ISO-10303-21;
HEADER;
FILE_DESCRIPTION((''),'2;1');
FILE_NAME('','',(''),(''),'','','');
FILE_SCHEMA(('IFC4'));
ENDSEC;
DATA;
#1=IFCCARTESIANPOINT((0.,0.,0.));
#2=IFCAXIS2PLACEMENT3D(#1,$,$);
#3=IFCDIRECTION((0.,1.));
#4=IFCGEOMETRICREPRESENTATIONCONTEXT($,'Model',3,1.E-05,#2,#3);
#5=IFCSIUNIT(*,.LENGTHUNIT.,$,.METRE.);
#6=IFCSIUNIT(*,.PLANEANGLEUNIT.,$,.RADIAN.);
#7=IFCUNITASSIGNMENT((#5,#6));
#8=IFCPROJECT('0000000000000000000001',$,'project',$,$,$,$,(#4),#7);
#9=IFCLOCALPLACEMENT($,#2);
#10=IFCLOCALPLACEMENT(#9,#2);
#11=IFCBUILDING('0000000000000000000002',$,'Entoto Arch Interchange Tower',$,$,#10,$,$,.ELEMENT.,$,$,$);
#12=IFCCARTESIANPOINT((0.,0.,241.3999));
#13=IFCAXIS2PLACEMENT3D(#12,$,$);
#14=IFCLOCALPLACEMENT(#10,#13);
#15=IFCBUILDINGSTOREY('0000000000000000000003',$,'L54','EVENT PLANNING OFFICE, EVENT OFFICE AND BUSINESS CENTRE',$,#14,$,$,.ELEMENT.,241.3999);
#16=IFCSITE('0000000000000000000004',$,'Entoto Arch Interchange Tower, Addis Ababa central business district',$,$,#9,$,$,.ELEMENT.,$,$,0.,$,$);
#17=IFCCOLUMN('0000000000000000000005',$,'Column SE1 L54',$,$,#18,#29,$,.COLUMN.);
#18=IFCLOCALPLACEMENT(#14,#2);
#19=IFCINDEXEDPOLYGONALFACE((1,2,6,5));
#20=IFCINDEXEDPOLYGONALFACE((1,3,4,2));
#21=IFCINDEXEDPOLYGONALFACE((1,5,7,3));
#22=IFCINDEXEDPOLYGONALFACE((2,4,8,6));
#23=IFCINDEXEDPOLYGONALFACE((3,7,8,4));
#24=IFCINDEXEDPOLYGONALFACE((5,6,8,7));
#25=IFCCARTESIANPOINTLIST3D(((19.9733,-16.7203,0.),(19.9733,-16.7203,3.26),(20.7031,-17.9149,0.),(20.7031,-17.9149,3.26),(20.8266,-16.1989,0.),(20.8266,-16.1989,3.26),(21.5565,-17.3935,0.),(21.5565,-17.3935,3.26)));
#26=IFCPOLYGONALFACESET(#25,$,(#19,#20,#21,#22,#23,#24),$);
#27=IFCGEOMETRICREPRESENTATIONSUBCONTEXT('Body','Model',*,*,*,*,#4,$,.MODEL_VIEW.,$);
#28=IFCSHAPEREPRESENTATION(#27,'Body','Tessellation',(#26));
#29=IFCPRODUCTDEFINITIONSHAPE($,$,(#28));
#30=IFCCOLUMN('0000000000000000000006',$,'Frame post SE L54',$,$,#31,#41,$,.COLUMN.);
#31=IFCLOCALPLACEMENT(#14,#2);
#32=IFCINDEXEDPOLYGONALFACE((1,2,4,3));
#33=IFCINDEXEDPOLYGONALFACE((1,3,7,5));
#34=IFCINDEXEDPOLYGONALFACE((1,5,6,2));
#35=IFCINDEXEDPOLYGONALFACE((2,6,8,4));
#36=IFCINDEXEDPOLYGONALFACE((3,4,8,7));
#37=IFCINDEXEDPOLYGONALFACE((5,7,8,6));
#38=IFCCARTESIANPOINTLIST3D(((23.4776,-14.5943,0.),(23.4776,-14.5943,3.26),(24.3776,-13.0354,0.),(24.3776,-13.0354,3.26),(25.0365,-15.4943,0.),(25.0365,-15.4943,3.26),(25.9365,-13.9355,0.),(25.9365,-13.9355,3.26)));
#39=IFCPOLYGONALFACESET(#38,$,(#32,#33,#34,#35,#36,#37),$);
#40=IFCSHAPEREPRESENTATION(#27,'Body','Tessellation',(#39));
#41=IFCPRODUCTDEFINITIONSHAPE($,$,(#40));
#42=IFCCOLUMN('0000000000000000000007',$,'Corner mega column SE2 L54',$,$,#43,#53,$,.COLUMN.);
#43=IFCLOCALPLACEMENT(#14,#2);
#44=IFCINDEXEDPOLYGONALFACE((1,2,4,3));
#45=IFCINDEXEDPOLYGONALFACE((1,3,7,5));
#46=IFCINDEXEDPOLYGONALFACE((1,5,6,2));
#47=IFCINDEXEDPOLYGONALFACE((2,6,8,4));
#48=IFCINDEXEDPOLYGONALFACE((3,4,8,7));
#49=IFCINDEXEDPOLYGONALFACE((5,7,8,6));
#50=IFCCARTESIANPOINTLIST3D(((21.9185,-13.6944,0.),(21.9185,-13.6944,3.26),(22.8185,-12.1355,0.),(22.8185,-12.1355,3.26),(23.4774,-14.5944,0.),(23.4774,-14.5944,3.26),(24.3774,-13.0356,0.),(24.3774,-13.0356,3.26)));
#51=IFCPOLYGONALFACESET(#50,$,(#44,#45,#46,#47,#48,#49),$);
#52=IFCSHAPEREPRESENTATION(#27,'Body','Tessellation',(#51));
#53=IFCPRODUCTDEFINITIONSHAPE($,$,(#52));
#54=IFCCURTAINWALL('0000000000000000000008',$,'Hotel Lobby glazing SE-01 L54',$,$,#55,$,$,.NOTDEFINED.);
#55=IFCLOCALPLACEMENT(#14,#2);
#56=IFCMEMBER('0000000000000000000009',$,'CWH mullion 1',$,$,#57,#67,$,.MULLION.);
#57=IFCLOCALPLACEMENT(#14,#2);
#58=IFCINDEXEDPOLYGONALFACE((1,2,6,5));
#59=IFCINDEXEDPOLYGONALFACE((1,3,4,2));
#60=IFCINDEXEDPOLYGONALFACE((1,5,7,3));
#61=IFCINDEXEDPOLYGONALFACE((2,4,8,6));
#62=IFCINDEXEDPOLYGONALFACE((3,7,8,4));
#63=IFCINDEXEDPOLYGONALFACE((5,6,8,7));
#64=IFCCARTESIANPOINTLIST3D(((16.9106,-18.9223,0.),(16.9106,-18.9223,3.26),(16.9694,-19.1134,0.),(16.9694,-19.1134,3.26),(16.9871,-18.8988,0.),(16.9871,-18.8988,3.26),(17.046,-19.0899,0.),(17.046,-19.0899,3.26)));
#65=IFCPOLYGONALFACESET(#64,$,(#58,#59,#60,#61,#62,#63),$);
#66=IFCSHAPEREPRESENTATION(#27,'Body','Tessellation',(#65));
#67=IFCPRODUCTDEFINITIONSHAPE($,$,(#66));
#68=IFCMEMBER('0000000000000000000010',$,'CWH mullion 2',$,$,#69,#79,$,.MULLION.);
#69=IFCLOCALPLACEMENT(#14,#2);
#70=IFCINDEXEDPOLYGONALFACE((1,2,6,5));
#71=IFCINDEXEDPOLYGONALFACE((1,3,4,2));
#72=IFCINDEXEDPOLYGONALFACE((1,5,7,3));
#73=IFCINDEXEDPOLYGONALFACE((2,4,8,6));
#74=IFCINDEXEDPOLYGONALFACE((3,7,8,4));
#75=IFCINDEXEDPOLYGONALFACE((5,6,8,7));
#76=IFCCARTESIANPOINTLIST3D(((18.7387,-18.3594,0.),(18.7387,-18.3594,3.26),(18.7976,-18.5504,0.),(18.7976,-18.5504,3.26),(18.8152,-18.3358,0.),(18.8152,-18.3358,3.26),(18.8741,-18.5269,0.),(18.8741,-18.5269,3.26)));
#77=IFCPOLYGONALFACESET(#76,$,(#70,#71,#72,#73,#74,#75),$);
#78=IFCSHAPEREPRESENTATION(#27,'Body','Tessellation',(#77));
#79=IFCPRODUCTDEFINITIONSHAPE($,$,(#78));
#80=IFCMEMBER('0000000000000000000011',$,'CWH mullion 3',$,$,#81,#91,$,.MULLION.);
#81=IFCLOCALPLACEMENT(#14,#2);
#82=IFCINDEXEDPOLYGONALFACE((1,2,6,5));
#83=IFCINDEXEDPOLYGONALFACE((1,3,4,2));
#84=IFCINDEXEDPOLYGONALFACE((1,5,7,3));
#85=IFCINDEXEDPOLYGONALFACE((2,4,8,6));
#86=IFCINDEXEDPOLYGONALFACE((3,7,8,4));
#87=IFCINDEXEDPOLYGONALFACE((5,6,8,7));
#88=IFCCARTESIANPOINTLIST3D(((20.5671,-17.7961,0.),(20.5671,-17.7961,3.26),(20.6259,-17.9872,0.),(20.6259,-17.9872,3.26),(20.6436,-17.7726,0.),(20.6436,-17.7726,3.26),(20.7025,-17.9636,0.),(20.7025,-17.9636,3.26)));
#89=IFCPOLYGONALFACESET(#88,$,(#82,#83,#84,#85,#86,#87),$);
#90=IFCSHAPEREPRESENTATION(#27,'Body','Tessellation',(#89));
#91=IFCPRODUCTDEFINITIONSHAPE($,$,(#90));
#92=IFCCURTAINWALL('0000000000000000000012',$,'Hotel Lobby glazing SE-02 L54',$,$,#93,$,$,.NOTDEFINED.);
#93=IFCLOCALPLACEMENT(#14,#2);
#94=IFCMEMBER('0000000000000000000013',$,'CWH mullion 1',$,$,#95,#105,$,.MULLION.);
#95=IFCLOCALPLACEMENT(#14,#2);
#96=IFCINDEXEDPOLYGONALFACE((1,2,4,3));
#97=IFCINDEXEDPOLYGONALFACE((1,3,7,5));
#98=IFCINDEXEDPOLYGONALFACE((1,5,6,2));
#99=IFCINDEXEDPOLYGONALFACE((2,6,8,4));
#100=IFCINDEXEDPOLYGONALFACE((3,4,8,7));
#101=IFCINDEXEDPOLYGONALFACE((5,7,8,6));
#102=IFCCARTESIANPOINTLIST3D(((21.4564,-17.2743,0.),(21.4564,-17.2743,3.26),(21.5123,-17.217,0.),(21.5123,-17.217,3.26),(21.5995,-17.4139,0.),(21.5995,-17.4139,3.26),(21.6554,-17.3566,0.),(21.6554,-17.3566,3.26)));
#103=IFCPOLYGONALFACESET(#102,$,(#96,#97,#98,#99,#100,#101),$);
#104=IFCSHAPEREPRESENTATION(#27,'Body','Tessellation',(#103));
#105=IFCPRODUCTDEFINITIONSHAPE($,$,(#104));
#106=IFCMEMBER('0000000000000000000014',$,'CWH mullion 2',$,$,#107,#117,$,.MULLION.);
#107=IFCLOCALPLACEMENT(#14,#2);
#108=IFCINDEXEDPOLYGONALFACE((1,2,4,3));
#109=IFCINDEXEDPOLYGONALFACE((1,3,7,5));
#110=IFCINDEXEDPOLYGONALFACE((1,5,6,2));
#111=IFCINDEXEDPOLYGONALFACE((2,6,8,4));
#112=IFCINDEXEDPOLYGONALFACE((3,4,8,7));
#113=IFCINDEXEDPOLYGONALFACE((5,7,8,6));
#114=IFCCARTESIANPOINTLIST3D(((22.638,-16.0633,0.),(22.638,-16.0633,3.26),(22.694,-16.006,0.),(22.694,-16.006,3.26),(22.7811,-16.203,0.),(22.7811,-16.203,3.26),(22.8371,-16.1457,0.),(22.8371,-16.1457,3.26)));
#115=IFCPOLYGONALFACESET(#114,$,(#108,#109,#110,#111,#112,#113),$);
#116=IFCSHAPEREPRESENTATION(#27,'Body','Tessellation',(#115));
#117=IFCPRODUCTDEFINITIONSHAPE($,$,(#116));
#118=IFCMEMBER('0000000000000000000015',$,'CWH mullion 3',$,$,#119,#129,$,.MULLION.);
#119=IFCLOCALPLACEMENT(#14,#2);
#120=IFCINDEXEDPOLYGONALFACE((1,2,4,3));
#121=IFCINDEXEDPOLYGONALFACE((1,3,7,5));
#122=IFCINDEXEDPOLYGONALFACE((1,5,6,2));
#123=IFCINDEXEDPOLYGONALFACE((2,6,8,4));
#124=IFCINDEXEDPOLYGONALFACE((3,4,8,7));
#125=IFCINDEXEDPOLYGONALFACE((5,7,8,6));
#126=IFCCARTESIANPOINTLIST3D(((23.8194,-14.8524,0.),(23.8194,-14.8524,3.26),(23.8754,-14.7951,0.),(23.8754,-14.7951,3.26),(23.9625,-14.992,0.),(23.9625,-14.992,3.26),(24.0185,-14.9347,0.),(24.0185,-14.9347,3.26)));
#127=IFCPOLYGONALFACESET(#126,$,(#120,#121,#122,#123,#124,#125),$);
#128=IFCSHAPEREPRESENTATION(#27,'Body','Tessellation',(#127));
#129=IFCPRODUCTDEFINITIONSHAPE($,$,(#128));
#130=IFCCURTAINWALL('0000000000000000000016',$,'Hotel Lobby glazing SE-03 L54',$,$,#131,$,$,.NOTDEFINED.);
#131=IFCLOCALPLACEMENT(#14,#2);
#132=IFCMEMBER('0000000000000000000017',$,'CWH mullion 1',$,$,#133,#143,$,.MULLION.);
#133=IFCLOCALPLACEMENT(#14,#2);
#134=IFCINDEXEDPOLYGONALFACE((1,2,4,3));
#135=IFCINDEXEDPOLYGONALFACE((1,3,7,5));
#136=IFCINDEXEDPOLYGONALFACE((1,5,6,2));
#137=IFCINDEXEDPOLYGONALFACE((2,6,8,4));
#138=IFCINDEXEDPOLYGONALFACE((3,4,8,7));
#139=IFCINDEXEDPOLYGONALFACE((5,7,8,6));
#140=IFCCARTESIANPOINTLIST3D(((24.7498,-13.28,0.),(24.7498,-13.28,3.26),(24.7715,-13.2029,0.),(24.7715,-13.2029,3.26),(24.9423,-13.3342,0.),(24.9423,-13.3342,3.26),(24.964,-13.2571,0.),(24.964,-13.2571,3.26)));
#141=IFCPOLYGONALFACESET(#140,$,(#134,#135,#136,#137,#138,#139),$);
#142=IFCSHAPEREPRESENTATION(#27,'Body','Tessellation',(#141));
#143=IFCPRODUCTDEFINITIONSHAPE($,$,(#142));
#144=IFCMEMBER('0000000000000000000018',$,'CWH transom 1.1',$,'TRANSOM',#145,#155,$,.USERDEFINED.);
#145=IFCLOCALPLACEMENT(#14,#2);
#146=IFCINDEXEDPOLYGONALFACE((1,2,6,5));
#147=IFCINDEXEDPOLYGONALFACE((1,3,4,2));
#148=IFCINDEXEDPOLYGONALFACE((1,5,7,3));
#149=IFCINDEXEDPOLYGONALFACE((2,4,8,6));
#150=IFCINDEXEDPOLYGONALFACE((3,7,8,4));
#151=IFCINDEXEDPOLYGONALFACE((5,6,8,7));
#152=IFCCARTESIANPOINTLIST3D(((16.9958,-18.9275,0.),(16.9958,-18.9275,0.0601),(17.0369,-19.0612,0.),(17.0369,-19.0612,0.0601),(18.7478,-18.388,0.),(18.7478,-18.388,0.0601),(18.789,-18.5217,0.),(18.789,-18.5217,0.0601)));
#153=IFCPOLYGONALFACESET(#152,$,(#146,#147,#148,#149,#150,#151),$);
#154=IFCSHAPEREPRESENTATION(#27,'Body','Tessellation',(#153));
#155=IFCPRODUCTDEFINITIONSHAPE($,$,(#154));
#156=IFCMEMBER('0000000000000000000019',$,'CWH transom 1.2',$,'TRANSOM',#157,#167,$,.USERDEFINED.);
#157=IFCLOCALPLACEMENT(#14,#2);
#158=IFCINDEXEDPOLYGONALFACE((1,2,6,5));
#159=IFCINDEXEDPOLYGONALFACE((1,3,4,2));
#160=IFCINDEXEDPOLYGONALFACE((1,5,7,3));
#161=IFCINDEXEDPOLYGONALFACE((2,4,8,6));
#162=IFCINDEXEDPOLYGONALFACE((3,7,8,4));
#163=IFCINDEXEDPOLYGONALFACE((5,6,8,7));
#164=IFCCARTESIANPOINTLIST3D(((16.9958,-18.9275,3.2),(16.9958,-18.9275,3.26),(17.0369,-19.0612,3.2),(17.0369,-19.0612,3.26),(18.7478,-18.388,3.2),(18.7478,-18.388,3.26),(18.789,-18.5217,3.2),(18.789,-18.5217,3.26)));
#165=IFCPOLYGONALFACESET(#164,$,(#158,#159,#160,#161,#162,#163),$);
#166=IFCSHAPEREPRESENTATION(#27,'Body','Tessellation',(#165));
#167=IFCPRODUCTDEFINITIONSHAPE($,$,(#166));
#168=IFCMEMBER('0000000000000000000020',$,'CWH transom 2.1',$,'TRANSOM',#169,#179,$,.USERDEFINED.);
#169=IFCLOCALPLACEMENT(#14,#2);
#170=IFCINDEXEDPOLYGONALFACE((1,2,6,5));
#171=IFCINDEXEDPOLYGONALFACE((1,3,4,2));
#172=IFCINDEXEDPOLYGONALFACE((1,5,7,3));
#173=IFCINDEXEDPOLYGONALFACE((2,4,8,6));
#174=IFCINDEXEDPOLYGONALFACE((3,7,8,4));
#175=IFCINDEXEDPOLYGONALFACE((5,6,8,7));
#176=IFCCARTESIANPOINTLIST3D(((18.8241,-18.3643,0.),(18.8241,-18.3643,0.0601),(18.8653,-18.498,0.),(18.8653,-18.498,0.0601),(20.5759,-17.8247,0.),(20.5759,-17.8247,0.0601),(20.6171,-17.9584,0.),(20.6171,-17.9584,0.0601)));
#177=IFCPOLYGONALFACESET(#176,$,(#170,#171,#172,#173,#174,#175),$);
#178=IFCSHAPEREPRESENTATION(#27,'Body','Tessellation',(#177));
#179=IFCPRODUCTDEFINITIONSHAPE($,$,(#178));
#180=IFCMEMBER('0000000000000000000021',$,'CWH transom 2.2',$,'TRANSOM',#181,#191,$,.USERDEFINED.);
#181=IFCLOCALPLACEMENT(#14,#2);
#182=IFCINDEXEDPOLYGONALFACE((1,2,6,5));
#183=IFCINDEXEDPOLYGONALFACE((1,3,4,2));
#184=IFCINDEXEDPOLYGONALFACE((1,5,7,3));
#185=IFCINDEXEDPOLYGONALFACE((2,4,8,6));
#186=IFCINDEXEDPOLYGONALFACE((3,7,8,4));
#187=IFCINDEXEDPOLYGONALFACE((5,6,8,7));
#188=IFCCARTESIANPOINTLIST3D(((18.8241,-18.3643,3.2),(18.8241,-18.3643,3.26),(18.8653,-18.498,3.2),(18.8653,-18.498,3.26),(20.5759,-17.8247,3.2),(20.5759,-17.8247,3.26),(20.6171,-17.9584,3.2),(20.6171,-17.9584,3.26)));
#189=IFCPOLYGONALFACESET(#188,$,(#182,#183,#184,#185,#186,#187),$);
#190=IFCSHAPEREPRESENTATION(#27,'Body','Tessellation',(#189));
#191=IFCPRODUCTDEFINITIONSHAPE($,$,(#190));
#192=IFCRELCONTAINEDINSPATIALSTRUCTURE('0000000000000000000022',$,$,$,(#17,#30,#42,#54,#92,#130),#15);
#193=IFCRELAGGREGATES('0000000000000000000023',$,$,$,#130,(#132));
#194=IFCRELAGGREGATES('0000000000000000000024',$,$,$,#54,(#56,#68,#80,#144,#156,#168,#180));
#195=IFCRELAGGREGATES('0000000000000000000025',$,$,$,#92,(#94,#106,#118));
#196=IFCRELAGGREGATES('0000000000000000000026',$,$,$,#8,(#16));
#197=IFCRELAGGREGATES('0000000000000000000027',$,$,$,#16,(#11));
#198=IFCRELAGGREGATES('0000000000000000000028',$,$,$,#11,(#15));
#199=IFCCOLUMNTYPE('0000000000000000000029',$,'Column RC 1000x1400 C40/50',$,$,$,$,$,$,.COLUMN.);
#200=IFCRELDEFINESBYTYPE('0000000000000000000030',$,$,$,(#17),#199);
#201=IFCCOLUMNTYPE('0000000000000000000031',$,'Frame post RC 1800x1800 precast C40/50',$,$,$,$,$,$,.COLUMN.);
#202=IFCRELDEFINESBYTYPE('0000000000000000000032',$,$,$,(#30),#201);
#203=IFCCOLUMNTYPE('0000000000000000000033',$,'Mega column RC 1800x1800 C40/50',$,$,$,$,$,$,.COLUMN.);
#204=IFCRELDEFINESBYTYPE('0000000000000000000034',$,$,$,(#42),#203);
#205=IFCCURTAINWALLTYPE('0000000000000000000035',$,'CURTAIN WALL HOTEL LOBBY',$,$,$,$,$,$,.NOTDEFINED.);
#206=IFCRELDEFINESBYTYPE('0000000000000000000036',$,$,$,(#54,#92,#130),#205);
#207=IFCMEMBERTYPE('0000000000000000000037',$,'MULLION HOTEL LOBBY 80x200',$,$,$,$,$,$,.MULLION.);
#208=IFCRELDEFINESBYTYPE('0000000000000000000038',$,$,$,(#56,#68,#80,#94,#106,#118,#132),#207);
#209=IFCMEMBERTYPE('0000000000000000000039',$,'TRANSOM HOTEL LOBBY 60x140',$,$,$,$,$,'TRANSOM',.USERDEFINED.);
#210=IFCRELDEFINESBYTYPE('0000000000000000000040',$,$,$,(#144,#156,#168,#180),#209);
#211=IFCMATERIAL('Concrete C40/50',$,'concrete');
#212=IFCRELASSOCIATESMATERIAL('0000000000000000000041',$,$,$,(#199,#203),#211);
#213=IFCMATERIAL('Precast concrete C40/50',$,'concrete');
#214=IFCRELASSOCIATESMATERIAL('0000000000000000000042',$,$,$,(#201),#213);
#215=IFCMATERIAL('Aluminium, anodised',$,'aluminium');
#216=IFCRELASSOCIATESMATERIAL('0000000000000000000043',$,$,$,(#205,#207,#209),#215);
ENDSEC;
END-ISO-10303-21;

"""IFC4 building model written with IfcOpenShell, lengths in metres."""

from ifc_helpers import new_model, si_unit, direction, frame, origin, origin_2d, place, context, subcontext, project, spatial, rectangle, extrude, material, material_profile, profile_set, type_object, element, aggregate, save


model = new_model("IFC4")

# Units and contexts
model_context = context("Model", 3, precision=1e-05, world=origin(), true_north=direction((0.0, 1.0)))
body_context = subcontext(model_context, "Body", "Model", "MODEL_VIEW")
ifc_project = project(units=[si_unit("LENGTHUNIT", "METRE"), si_unit("PLANEANGLEUNIT", "RADIAN")], contexts=[model_context])

# Site, building, storey
site_placement = place(None, origin())
site = spatial("IfcSite", under=ifc_project, at=site_placement, Name="Entoto Arch Interchange Tower, Addis Ababa central business district", CompositionType="ELEMENT", RefElevation=0.0)
building_placement = place(site_placement, origin())
building = spatial("IfcBuilding", under=site, at=building_placement, Name="Entoto Arch Interchange Tower", CompositionType="ELEMENT")
storey_placement = place(building_placement, frame((0.0, 0.0, 241.3999)))
storey = spatial("IfcBuildingStorey", under=building, at=storey_placement, Name="L54", Description="EVENT PLANNING OFFICE, EVENT OFFICE AND BUSINESS CENTRE", CompositionType="ELEMENT", Elevation=241.3999)

# Columns
ifc_material_1 = material(Name="Concrete C40/50", Category="concrete")
ifc_material_profile_1 = material_profile(ifc_material_1, rectangle(XDim=1.0, YDim=1.3999, at=origin_2d()))
ifc_profile_set_1 = profile_set([ifc_material_profile_1], Name="Concrete C40/50")
column_type_1 = type_object("IfcColumnType", Name="Column RC 1000x1400 C40/50", PredefinedType="COLUMN", material=ifc_profile_set_1)
column_1_placement = place(storey_placement, frame((20.7649, -17.0569, 0.0), z_axis=(0.0, 0.0, 1.0), x_axis=(0.853342, 0.521352, 0.0)))
element("IfcColumn", 1, at=column_1_placement, inside=storey, type_object=column_type_1, Name="Column SE1 L54", PredefinedType="COLUMN", context=body_context, shape_type="SweptSolid", body=[
    extrude(rectangle(XDim=1.0, YDim=1.3999, at=origin_2d()), origin(), (0.0, 0.0, 1.0), 3.26),
])
ifc_material_2 = material(Name="Precast concrete C40/50", Category="concrete")
ifc_material_profile_2 = material_profile(ifc_material_2, rectangle(XDim=1.8, YDim=1.8, at=origin_2d()))
ifc_profile_set_2 = profile_set([ifc_material_profile_2], Name="Precast concrete C40/50")
column_type_2 = type_object("IfcColumnType", Name="Frame post RC 1800x1800 precast C40/50", PredefinedType="COLUMN", material=ifc_profile_set_2)
column_2_placement = place(storey_placement, frame((24.707, -14.2649, 0.0), z_axis=(0.0, 0.0, 1.0), x_axis=(-0.866025, 0.5, 0.0)))
element("IfcColumn", 2, at=column_2_placement, inside=storey, type_object=column_type_2, Name="Frame post SE L54", PredefinedType="COLUMN", context=body_context, shape_type="SweptSolid", body=[
    extrude(rectangle(XDim=1.8, YDim=1.8, at=origin_2d()), origin(), (0.0, 0.0, 1.0), 3.26),
])
ifc_material_profile_3 = material_profile(ifc_material_1, rectangle(XDim=1.8, YDim=1.8, at=origin_2d()))
ifc_profile_set_3 = profile_set([ifc_material_profile_3], Name="Concrete C40/50")
column_type_3 = type_object("IfcColumnType", Name="Mega column RC 1800x1800 C40/50", PredefinedType="COLUMN", material=ifc_profile_set_3)
column_3_placement = place(storey_placement, frame((23.1479, -13.365, 0.0), z_axis=(0.0, 0.0, 1.0), x_axis=(-0.866025, 0.5, 0.0)))
element("IfcColumn", 3, at=column_3_placement, inside=storey, type_object=column_type_3, Name="Corner mega column SE2 L54", PredefinedType="COLUMN", context=body_context, shape_type="SweptSolid", body=[
    extrude(rectangle(XDim=1.8, YDim=1.8, at=origin_2d()), origin(), (0.0, 0.0, 1.0), 3.26),
])

# Curtain walls, members
ifc_material_3 = material(Name="Aluminium, anodised", Category="aluminium")
curtain_wall_type = type_object("IfcCurtainWallType", Name="CURTAIN WALL HOTEL LOBBY", PredefinedType="NOTDEFINED", material=ifc_material_3)
curtain_wall_1_placement = place(storey_placement, origin())
curtain_wall_1 = element("IfcCurtainWall", 4, at=curtain_wall_1_placement, inside=storey, type_object=curtain_wall_type, Name="Hotel Lobby glazing SE-01 L54", PredefinedType="NOTDEFINED")
ifc_material_profile_4 = material_profile(ifc_material_3, rectangle(XDim=0.2, YDim=0.0801, at=origin_2d()))
ifc_profile_set_4 = profile_set([ifc_material_profile_4], Name="Aluminium, anodised")
member_type_1 = type_object("IfcMemberType", Name="MULLION HOTEL LOBBY 80x200", PredefinedType="MULLION", material=ifc_profile_set_4)
member_1_placement = place(storey_placement, frame((16.9783, -19.0061, 0.0), z_axis=(0.0, 0.0, 1.0), x_axis=(-0.29441, 0.955679, 0.0)))
member_1 = element("IfcMember", 5, at=member_1_placement, type_object=member_type_1, Name="CWH mullion 1", PredefinedType="MULLION", context=body_context, shape_type="SweptSolid", body=[
    extrude(rectangle(XDim=0.2, YDim=0.0801, at=origin_2d()), origin(), (0.0, 0.0, 1.0), 3.26),
])
member_2_placement = place(storey_placement, frame((18.8064, -18.4431, 0.0), z_axis=(0.0, 0.0, 1.0), x_axis=(-0.29441, 0.955679, 0.0)))
member_2 = element("IfcMember", 6, at=member_2_placement, type_object=member_type_1, Name="CWH mullion 2", PredefinedType="MULLION", context=body_context, shape_type="SweptSolid", body=[
    extrude(rectangle(XDim=0.2, YDim=0.0801, at=origin_2d()), origin(), (0.0, 0.0, 1.0), 3.26),
])
member_3_placement = place(storey_placement, frame((20.6348, -17.8799, 0.0), z_axis=(0.0, 0.0, 1.0), x_axis=(-0.29441, 0.955679, 0.0)))
member_3 = element("IfcMember", 7, at=member_3_placement, type_object=member_type_1, Name="CWH mullion 3", PredefinedType="MULLION", context=body_context, shape_type="SweptSolid", body=[
    extrude(rectangle(XDim=0.2, YDim=0.0801, at=origin_2d()), origin(), (0.0, 0.0, 1.0), 3.26),
])
curtain_wall_2_placement = place(storey_placement, origin())
curtain_wall_2 = element("IfcCurtainWall", 8, at=curtain_wall_2_placement, inside=storey, type_object=curtain_wall_type, Name="Hotel Lobby glazing SE-02 L54", PredefinedType="NOTDEFINED")
member_4_placement = place(storey_placement, frame((21.5559, -17.3154, 0.0), z_axis=(0.0, 0.0, 1.0), x_axis=(-0.715715, 0.698392, 0.0)))
member_4 = element("IfcMember", 9, at=member_4_placement, type_object=member_type_1, Name="CWH mullion 1", PredefinedType="MULLION", context=body_context, shape_type="SweptSolid", body=[
    extrude(rectangle(XDim=0.2, YDim=0.0801, at=origin_2d()), origin(), (0.0, 0.0, 1.0), 3.26),
])
member_5_placement = place(storey_placement, frame((22.7375, -16.1045, 0.0), z_axis=(0.0, 0.0, 1.0), x_axis=(-0.715715, 0.698392, 0.0)))
member_5 = element("IfcMember", 10, at=member_5_placement, type_object=member_type_1, Name="CWH mullion 2", PredefinedType="MULLION", context=body_context, shape_type="SweptSolid", body=[
    extrude(rectangle(XDim=0.2, YDim=0.0801, at=origin_2d()), origin(), (0.0, 0.0, 1.0), 3.26),
])
member_6_placement = place(storey_placement, frame((23.9189, -14.8936, 0.0), z_axis=(0.0, 0.0, 1.0), x_axis=(-0.715715, 0.698392, 0.0)))
member_6 = element("IfcMember", 11, at=member_6_placement, type_object=member_type_1, Name="CWH mullion 3", PredefinedType="MULLION", context=body_context, shape_type="SweptSolid", body=[
    extrude(rectangle(XDim=0.2, YDim=0.0801, at=origin_2d()), origin(), (0.0, 0.0, 1.0), 3.26),
])

# Curtain wall, member
curtain_wall_3_placement = place(storey_placement, origin())
curtain_wall_3 = element("IfcCurtainWall", 12, at=curtain_wall_3_placement, inside=storey, type_object=curtain_wall_type, Name="Hotel Lobby glazing SE-03 L54", PredefinedType="NOTDEFINED")
member_7_placement = place(storey_placement, frame((24.8569, -13.2686, 0.0), z_axis=(0.0, 0.0, 1.0), x_axis=(-0.962595, 0.270946, 0.0)))
member_7 = element("IfcMember", 13, at=member_7_placement, type_object=member_type_1, Name="CWH mullion 1", PredefinedType="MULLION", context=body_context, shape_type="SweptSolid", body=[
    extrude(rectangle(XDim=0.2, YDim=0.0801, at=origin_2d()), origin(), (0.0, 0.0, 1.0), 3.26),
])

# Members
ifc_material_profile_5 = material_profile(ifc_material_3, rectangle(XDim=0.1399, YDim=0.0601, at=origin_2d()))
ifc_profile_set_5 = profile_set([ifc_material_profile_5], Name="Aluminium, anodised")
member_type_2 = type_object("IfcMemberType", Name="TRANSOM HOTEL LOBBY 60x140", ElementType="TRANSOM", PredefinedType="USERDEFINED", material=ifc_profile_set_5)
member_8_placement = place(storey_placement, frame((17.0164, -18.9944, 0.03), z_axis=(0.955704, 0.294329, 0.0), x_axis=(-0.294329, 0.955704, 0.0)))
member_8 = element("IfcMember", 14, at=member_8_placement, type_object=member_type_2, Name="CWH transom 1.1", ObjectType="TRANSOM", PredefinedType="USERDEFINED", context=body_context, shape_type="SweptSolid", body=[
    extrude(rectangle(XDim=0.1399, YDim=0.0601, at=origin_2d()), origin(), (0.0, 0.0, 1.0), 1.8333),
])
member_9_placement = place(storey_placement, frame((17.0164, -18.9944, 3.23), z_axis=(0.955704, 0.294329, 0.0), x_axis=(-0.294329, 0.955704, 0.0)))
member_9 = element("IfcMember", 15, at=member_9_placement, type_object=member_type_2, Name="CWH transom 1.2", ObjectType="TRANSOM", PredefinedType="USERDEFINED", context=body_context, shape_type="SweptSolid", body=[
    extrude(rectangle(XDim=0.1399, YDim=0.0601, at=origin_2d()), origin(), (0.0, 0.0, 1.0), 1.8333),
])
member_10_placement = place(storey_placement, frame((18.8447, -18.4312, 0.03), z_axis=(0.955693, 0.294367, 0.0), x_axis=(-0.294367, 0.955693, 0.0)))
member_10 = element("IfcMember", 16, at=member_10_placement, type_object=member_type_2, Name="CWH transom 2.1", ObjectType="TRANSOM", PredefinedType="USERDEFINED", context=body_context, shape_type="SweptSolid", body=[
    extrude(rectangle(XDim=0.1399, YDim=0.0601, at=origin_2d()), origin(), (0.0, 0.0, 1.0), 1.833),
])
member_11_placement = place(storey_placement, frame((18.8447, -18.4312, 3.23), z_axis=(0.955693, 0.294367, 0.0), x_axis=(-0.294367, 0.955693, 0.0)))
member_11 = element("IfcMember", 17, at=member_11_placement, type_object=member_type_2, Name="CWH transom 2.2", ObjectType="TRANSOM", PredefinedType="USERDEFINED", context=body_context, shape_type="SweptSolid", body=[
    extrude(rectangle(XDim=0.1399, YDim=0.0601, at=origin_2d()), origin(), (0.0, 0.0, 1.0), 1.833),
])
aggregate(curtain_wall_3, [member_7])

aggregate(curtain_wall_1, [member_1, member_2, member_3, member_8, member_9, member_10, member_11])
aggregate(curtain_wall_2, [member_4, member_5, member_6])

save(model, "model.ifc")
